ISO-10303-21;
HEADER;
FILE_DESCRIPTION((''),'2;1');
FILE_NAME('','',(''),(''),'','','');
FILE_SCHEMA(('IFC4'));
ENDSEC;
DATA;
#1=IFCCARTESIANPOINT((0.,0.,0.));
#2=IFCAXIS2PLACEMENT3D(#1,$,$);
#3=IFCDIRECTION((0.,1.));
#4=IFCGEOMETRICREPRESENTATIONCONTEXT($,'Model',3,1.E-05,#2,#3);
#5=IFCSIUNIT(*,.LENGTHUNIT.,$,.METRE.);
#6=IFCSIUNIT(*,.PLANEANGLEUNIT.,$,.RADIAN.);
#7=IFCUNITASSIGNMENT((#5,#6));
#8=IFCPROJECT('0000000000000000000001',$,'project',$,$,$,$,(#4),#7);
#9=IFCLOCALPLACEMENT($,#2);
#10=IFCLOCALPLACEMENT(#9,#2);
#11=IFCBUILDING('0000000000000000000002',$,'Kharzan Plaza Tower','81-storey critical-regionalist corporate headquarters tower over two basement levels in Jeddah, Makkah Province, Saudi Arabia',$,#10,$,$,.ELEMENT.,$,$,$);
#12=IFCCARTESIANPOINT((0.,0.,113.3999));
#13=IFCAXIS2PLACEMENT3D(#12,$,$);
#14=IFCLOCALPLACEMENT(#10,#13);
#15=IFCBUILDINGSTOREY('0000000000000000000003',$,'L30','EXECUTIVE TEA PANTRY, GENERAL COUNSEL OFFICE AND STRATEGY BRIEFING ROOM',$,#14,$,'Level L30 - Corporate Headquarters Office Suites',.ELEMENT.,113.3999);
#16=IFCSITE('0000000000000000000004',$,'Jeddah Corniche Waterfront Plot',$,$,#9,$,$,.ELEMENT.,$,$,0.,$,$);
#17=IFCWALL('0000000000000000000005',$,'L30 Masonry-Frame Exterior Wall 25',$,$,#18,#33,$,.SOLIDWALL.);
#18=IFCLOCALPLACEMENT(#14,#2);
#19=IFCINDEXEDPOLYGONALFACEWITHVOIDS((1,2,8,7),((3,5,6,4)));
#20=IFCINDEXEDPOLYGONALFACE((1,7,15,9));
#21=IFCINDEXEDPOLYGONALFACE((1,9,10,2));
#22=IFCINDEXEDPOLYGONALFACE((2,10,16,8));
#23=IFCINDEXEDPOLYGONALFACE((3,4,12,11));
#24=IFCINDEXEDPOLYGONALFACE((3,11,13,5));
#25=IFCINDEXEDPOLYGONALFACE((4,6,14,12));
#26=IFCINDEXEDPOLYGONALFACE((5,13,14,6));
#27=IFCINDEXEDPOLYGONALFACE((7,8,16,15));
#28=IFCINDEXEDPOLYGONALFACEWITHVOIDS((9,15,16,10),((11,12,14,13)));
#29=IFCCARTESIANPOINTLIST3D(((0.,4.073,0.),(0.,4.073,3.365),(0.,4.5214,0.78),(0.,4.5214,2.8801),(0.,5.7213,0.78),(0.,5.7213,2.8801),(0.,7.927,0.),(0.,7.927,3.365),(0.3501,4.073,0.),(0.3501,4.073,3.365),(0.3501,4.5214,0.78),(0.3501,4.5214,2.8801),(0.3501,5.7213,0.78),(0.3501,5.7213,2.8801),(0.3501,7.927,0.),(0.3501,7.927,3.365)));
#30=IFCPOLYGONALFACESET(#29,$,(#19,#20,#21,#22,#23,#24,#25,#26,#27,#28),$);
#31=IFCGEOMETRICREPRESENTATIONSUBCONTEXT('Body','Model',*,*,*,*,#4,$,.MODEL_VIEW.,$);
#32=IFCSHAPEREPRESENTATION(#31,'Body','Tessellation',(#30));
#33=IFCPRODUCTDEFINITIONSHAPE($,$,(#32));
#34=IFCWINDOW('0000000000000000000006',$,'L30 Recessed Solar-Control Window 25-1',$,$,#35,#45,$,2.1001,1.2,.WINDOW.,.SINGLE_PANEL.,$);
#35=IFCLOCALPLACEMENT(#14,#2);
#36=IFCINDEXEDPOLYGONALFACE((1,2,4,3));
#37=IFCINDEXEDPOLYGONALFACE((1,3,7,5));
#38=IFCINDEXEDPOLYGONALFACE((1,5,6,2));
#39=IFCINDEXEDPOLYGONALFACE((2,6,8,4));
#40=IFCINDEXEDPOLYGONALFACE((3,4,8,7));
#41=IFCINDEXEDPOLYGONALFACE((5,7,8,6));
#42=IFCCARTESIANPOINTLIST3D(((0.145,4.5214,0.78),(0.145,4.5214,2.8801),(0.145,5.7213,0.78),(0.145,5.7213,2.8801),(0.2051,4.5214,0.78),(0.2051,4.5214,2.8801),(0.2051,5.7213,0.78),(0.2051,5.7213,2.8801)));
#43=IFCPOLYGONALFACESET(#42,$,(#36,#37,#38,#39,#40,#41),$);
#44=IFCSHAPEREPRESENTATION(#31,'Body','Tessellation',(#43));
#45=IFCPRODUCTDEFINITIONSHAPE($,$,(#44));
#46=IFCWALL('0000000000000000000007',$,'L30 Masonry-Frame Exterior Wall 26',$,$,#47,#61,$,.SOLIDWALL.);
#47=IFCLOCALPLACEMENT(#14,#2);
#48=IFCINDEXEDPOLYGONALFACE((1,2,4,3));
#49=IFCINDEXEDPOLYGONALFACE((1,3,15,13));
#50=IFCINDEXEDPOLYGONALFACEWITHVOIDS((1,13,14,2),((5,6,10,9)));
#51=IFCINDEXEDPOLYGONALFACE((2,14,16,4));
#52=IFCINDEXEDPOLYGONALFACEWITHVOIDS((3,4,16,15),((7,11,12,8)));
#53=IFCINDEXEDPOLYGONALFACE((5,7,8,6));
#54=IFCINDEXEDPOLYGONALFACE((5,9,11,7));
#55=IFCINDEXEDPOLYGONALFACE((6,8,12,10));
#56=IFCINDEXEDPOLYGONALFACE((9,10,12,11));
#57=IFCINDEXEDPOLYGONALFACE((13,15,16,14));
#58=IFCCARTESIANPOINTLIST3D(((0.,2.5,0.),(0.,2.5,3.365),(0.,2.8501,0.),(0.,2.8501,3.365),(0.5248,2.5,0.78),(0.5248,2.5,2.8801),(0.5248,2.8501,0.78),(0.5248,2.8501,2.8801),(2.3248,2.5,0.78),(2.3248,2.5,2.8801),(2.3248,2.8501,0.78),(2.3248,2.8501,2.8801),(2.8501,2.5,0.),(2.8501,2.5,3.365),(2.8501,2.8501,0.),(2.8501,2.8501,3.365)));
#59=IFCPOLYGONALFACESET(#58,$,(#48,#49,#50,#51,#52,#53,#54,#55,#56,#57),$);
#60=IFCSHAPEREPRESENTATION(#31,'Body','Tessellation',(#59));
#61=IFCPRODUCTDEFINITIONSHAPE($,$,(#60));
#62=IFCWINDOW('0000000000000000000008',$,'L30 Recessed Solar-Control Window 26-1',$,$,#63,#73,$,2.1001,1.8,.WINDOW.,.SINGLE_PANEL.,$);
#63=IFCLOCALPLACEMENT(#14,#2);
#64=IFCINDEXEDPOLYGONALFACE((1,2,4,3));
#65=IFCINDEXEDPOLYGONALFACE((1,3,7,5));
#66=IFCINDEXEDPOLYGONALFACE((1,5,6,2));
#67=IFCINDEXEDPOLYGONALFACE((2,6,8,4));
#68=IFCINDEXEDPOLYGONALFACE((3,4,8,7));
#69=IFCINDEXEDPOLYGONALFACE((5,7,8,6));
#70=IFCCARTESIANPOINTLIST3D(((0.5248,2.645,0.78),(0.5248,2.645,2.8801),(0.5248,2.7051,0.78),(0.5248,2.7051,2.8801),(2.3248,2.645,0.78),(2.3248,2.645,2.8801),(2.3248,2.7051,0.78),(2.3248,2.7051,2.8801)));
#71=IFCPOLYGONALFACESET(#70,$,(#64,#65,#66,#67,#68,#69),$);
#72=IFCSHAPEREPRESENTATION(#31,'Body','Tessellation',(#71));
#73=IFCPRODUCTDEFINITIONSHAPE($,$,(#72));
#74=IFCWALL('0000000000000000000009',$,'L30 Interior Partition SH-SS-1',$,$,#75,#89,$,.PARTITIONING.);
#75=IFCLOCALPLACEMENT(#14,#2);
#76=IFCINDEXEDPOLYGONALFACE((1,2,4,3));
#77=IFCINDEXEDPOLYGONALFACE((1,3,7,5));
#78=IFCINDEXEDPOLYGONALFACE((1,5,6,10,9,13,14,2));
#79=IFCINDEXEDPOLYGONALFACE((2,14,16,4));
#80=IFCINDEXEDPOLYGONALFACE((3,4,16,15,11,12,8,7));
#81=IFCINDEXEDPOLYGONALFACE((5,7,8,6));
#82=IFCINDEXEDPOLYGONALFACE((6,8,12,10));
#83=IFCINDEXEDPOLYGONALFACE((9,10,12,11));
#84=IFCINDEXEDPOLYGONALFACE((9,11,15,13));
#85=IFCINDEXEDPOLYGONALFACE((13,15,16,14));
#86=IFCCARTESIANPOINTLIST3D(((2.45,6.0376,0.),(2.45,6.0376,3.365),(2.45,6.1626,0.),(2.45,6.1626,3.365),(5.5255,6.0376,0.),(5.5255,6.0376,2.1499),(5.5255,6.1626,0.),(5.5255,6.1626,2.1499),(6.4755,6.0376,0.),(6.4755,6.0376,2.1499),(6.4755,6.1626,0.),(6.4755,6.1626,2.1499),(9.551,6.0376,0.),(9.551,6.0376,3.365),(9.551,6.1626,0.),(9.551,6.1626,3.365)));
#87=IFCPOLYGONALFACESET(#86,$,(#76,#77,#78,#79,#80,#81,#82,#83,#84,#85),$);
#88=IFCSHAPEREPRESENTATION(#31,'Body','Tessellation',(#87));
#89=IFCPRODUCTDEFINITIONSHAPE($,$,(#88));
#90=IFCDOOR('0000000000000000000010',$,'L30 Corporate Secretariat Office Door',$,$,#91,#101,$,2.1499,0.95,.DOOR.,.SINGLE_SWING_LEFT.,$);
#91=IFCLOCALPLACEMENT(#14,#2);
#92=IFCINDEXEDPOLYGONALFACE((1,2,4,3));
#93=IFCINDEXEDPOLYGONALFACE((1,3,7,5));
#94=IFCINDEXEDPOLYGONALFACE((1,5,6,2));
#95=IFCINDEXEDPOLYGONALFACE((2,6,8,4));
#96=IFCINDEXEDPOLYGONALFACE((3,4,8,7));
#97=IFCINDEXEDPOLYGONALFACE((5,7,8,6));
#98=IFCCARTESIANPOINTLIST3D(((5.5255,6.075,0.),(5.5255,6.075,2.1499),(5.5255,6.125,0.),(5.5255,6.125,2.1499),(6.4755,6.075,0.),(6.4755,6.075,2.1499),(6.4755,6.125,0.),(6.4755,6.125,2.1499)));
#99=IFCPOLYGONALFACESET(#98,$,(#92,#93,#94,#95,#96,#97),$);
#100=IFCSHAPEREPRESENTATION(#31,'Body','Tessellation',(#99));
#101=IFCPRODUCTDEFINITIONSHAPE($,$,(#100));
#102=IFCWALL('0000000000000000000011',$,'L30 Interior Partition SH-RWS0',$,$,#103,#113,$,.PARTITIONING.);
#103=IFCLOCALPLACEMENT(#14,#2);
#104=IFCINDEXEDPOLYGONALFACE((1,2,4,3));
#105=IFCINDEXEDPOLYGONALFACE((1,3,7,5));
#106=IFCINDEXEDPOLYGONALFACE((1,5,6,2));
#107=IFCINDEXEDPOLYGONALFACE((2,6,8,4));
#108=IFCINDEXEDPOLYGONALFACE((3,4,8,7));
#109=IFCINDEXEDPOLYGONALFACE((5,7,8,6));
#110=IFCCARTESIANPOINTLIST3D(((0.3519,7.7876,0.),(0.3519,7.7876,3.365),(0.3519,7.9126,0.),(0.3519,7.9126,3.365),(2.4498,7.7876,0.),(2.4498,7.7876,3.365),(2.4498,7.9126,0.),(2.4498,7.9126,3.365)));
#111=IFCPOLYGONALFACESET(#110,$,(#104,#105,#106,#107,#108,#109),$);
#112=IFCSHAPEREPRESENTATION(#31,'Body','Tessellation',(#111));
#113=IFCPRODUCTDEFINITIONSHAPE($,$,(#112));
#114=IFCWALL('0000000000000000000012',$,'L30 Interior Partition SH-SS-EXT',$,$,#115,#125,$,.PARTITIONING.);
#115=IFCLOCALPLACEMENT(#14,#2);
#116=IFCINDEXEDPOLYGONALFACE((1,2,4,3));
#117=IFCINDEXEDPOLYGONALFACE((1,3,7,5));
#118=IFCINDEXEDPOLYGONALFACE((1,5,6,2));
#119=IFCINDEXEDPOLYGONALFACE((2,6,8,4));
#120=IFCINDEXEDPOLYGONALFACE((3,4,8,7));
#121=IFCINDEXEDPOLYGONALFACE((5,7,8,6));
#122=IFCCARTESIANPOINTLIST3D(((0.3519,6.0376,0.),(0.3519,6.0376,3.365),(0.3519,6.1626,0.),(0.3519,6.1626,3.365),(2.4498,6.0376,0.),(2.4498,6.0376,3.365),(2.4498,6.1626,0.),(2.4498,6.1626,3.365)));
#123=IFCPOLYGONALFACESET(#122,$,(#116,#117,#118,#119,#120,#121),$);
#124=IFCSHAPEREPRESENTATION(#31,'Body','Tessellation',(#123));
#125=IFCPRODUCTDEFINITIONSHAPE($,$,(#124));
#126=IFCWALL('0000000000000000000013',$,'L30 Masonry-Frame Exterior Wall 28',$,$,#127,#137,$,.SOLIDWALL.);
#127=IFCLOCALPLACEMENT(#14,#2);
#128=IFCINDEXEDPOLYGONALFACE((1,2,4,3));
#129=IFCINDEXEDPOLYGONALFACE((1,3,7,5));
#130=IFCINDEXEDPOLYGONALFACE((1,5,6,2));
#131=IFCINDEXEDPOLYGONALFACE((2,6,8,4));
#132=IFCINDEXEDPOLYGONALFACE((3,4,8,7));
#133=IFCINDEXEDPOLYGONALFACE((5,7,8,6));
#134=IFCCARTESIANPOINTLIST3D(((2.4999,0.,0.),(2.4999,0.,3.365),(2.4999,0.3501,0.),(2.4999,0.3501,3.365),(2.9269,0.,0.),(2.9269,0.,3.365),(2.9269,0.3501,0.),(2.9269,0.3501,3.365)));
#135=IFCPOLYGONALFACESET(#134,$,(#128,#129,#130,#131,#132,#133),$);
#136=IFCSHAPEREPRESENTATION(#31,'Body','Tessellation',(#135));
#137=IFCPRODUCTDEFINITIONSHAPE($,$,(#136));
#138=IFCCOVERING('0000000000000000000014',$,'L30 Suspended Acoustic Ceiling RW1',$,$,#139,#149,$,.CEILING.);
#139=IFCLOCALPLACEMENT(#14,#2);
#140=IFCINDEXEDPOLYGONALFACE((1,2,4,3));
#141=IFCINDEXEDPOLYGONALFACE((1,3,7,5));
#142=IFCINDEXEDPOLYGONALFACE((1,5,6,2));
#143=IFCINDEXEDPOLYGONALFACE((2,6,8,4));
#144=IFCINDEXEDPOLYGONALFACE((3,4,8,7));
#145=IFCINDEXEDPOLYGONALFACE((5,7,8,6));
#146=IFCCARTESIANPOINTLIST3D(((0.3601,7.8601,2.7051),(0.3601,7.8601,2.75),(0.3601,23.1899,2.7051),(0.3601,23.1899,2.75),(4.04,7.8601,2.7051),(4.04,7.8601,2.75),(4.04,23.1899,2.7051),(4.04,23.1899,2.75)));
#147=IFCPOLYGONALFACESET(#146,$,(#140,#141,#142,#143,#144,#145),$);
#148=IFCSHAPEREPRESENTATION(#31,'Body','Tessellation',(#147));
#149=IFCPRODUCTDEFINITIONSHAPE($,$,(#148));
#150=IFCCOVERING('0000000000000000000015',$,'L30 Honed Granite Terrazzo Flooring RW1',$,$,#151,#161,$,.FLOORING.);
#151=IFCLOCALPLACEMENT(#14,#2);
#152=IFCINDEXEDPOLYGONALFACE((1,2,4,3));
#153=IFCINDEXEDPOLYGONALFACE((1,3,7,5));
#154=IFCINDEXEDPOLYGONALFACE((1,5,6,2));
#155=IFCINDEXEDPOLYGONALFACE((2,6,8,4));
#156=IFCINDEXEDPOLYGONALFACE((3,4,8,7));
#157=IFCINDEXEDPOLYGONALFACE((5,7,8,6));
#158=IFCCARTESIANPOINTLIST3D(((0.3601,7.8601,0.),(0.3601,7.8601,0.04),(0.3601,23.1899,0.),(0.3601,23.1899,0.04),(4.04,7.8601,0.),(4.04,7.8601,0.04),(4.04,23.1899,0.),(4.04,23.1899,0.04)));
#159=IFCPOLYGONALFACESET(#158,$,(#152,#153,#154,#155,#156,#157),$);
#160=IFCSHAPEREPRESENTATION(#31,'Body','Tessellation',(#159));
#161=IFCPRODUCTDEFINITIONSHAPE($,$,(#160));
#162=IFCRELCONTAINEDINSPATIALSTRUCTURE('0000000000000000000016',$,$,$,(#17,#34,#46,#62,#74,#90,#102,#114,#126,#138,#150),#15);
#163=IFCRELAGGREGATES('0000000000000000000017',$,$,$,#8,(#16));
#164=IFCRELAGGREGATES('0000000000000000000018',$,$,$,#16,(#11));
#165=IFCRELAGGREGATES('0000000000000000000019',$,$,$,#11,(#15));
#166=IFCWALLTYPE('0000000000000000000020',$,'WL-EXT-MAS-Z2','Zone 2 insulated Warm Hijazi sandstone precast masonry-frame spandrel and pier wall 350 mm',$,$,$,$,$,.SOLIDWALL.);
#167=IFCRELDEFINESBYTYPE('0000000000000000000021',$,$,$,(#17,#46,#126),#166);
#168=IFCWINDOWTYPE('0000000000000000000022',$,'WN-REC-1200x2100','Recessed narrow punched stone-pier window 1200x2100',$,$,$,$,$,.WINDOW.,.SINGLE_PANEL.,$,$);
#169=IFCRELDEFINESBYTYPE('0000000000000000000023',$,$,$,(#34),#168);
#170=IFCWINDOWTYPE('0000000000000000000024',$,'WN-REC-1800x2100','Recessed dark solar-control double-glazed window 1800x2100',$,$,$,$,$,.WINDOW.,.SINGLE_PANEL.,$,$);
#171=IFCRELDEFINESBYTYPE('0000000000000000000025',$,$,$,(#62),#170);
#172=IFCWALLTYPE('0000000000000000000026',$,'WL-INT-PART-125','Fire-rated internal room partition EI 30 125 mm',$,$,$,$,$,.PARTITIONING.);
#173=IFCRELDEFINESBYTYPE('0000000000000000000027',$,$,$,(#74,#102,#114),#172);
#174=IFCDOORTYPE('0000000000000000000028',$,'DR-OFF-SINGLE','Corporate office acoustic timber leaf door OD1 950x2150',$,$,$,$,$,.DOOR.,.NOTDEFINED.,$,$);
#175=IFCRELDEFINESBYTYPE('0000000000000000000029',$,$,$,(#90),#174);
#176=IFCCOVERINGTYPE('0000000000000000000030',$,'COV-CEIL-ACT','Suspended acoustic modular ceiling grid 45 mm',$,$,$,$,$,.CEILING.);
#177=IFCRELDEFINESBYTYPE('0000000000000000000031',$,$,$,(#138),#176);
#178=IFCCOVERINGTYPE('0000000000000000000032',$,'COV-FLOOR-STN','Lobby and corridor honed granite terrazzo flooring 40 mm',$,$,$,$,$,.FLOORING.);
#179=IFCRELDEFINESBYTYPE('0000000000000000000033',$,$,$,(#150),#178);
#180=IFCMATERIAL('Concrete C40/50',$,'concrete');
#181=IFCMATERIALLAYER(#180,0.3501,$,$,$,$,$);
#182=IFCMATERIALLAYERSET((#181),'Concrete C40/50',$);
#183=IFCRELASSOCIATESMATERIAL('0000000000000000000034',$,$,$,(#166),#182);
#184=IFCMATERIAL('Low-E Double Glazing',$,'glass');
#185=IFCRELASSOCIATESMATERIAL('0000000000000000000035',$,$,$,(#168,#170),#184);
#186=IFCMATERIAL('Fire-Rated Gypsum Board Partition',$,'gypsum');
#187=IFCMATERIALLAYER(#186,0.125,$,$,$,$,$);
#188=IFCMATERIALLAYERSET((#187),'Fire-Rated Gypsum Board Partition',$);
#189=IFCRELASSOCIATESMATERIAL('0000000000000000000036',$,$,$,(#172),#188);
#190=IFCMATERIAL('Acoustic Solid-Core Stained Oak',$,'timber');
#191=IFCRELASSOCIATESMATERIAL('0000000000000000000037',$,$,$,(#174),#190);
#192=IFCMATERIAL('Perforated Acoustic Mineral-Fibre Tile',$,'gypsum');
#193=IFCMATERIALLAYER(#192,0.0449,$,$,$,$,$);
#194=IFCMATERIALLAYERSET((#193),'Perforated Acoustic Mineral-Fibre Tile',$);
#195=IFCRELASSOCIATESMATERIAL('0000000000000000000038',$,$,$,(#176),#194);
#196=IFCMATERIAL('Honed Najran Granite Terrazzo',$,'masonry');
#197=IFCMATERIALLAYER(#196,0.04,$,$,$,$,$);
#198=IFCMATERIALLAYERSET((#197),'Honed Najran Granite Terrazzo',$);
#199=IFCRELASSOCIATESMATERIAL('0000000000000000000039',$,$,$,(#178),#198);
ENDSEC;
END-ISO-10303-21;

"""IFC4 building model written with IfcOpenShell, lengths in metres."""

from ifc_helpers import new_model, si_unit, direction, frame, frame_2d, origin, place, context, subcontext, project, spatial, polyline, rectangle, outline, extrude, source, transform, mapped, material, layer, layer_set, type_object, element, fill, save


model = new_model("IFC4")

# Units and contexts
model_context = context("Model", 3, precision=1e-05, world=origin(), true_north=direction((0.0, 1.0)))
body_context = subcontext(model_context, "Body", "Model", "MODEL_VIEW")
ifc_project = project(units=[si_unit("LENGTHUNIT", "METRE"), si_unit("PLANEANGLEUNIT", "RADIAN")], contexts=[model_context])

# Site, building, storey
site_placement = place(None, origin())
site = spatial("IfcSite", under=ifc_project, at=site_placement, Name="Jeddah Corniche Waterfront Plot", CompositionType="ELEMENT", RefElevation=0.0)
building_placement = place(site_placement, origin())
building = spatial("IfcBuilding", under=site, at=building_placement, Name="Kharzan Plaza Tower", Description="81-storey critical-regionalist corporate headquarters tower over two basement levels in Jeddah, Makkah Province, Saudi Arabia", CompositionType="ELEMENT")
storey_placement = place(building_placement, frame((0.0, 0.0, 113.3999)))
storey = spatial("IfcBuildingStorey", under=building, at=storey_placement, Name="L30", Description="EXECUTIVE TEA PANTRY, GENERAL COUNSEL OFFICE AND STRATEGY BRIEFING ROOM", LongName="Level L30 - Corporate Headquarters Office Suites", CompositionType="ELEMENT", Elevation=113.3999)

# Shared definitions
ifc_material_1 = material(Name="Concrete C40/50", Category="concrete")

# Walls, openings, windows
ifc_layer_1 = layer(ifc_material_1, 0.3501)
ifc_layer_set_1 = layer_set([ifc_layer_1], Name="Concrete C40/50")
wall_type_1 = type_object("IfcWallType", Name="WL-EXT-MAS-Z2", Description="Zone 2 insulated Warm Hijazi sandstone precast masonry-frame spandrel and pier wall 350 mm", PredefinedType="SOLIDWALL", material=ifc_layer_set_1)
wall_1_placement = place(storey_placement, frame((0.175, 7.927, 0.0), z_axis=(0.0, 0.0, 1.0), x_axis=(0.0, -1.0, 0.0)))
wall_1 = element("IfcWall", 1, at=wall_1_placement, inside=storey, type_object=wall_type_1, Name="L30 Masonry-Frame Exterior Wall 25", PredefinedType="SOLIDWALL", context=body_context, shape_type="SweptSolid", body=[
    extrude(rectangle(XDim=3.854, YDim=0.3501, at=frame_2d((1.927, 0.0))), origin(), (0.0, 0.0, 1.0), 3.365),
])
opening_1_placement = place(wall_1_placement, frame((2.2056, 0.0, 0.78)))
opening_1 = element("IfcOpeningElement", 2, at=opening_1_placement, cuts=wall_1, PredefinedType="OPENING", context=body_context, shape_type="SweptSolid", body=[
    extrude(rectangle(XDim=1.2, YDim=2.1001, at=frame_2d((0.6001, 1.05))), frame((0.0, 0.1851, 0.0), z_axis=(0.0, -1.0, 0.0), x_axis=(1.0, 0.0, 0.0)), (0.0, 0.0, 1.0), 0.3701),
])
ifc_material_2 = material(Name="Low-E Double Glazing", Category="glass")
window_type_1 = type_object("IfcWindowType", Name="WN-REC-1200x2100", Description="Recessed narrow punched stone-pier window 1200x2100", PartitioningType="SINGLE_PANEL", PredefinedType="WINDOW", material=ifc_material_2)
shared_shape_1 = source(origin(), body_context, "Body", "SweptSolid", [
    extrude(rectangle(XDim=1.2, YDim=2.1001, at=frame_2d((0.6001, 1.05))), frame((0.0, 0.03, 0.0), z_axis=(0.0, -1.0, 0.0), x_axis=(1.0, 0.0, 0.0)), (0.0, 0.0, 1.0), 0.0601),
])
window_1_placement = place(opening_1_placement, origin())
window_1 = element("IfcWindow", 3, at=window_1_placement, inside=storey, type_object=window_type_1, Name="L30 Recessed Solar-Control Window 25-1", OverallHeight=2.1001, OverallWidth=1.2, PartitioningType="SINGLE_PANEL", PredefinedType="WINDOW", context=body_context, shape_type="MappedRepresentation", body=[
    mapped(shared_shape_1, transform((0.0, 0.0, 0.0), x_axis=(1.0, 0.0, 0.0), y_axis=(0.0, 1.0, 0.0), z_axis=(0.0, 0.0, 1.0))),
])
fill(opening_1, window_1)
wall_2_placement = place(storey_placement, frame((0.0, 2.675, 0.0), z_axis=(0.0, 0.0, 1.0), x_axis=(1.0, 0.0, 0.0)))
wall_2 = element("IfcWall", 4, at=wall_2_placement, inside=storey, type_object=wall_type_1, Name="L30 Masonry-Frame Exterior Wall 26", PredefinedType="SOLIDWALL", context=body_context, shape_type="SweptSolid", body=[
    extrude(rectangle(XDim=2.8501, YDim=0.3501, at=frame_2d((1.425, 0.0))), origin(), (0.0, 0.0, 1.0), 3.365),
])
opening_2_placement = place(wall_2_placement, frame((0.5249, 0.0, 0.78)))
opening_2 = element("IfcOpeningElement", 5, at=opening_2_placement, cuts=wall_2, PredefinedType="OPENING", context=body_context, shape_type="SweptSolid", body=[
    extrude(rectangle(XDim=1.8, YDim=2.1001, at=frame_2d((0.8999, 1.05))), frame((0.0, 0.1851, 0.0), z_axis=(0.0, -1.0, 0.0), x_axis=(1.0, 0.0, 0.0)), (0.0, 0.0, 1.0), 0.3701),
])
window_type_2 = type_object("IfcWindowType", Name="WN-REC-1800x2100", Description="Recessed dark solar-control double-glazed window 1800x2100", PartitioningType="SINGLE_PANEL", PredefinedType="WINDOW", material=ifc_material_2)
shared_shape_2 = source(origin(), body_context, "Body", "SweptSolid", [
    extrude(rectangle(XDim=1.8, YDim=2.1001, at=frame_2d((0.8999, 1.05))), frame((0.0, 0.03, 0.0), z_axis=(0.0, -1.0, 0.0), x_axis=(1.0, 0.0, 0.0)), (0.0, 0.0, 1.0), 0.0601),
])
window_2_placement = place(opening_2_placement, origin())
window_2 = element("IfcWindow", 6, at=window_2_placement, inside=storey, type_object=window_type_2, Name="L30 Recessed Solar-Control Window 26-1", OverallHeight=2.1001, OverallWidth=1.8, PartitioningType="SINGLE_PANEL", PredefinedType="WINDOW", context=body_context, shape_type="MappedRepresentation", body=[
    mapped(shared_shape_2, transform((0.0, 0.0, 0.0), x_axis=(1.0, 0.0, 0.0), y_axis=(0.0, 1.0, 0.0), z_axis=(0.0, 0.0, 1.0))),
])
fill(opening_2, window_2)

# Wall, opening, door
ifc_material_3 = material(Name="Fire-Rated Gypsum Board Partition", Category="gypsum")
ifc_layer_2 = layer(ifc_material_3, 0.125)
ifc_layer_set_2 = layer_set([ifc_layer_2], Name="Fire-Rated Gypsum Board Partition")
wall_type_2 = type_object("IfcWallType", Name="WL-INT-PART-125", Description="Fire-rated internal room partition EI 30 125 mm", PredefinedType="PARTITIONING", material=ifc_layer_set_2)
ifc_material_4 = material(Name="Acoustic Solid-Core Stained Oak", Category="timber")
door_type = type_object("IfcDoorType", Name="DR-OFF-SINGLE", Description="Corporate office acoustic timber leaf door OD1 950x2150", OperationType="NOTDEFINED", PredefinedType="DOOR", material=ifc_material_4)
shared_shape_3 = source(origin(), body_context, "Body", "SweptSolid", [
    extrude(rectangle(XDim=0.95, YDim=2.1499, at=frame_2d((0.4751, 1.075))), frame((0.0, 0.0249, 0.0), z_axis=(0.0, -1.0, 0.0), x_axis=(1.0, 0.0, 0.0)), (0.0, 0.0, 1.0), 0.05),
])
wall_3_placement = place(storey_placement, frame((2.45, 6.1001, 0.0), z_axis=(0.0, 0.0, 1.0), x_axis=(1.0, 0.0, 0.0)))
wall_3 = element("IfcWall", 7, at=wall_3_placement, inside=storey, type_object=wall_type_2, Name="L30 Interior Partition SH-SS-1", PredefinedType="PARTITIONING", context=body_context, shape_type="SweptSolid", body=[
    extrude(rectangle(XDim=7.1011, YDim=0.125, at=frame_2d((3.5505, 0.0))), origin(), (0.0, 0.0, 1.0), 3.365),
])
opening_3_placement = place(wall_3_placement, frame((3.0754, 0.0, 0.0)))
opening_3 = element("IfcOpeningElement", 8, at=opening_3_placement, cuts=wall_3, PredefinedType="OPENING", context=body_context, shape_type="SweptSolid", body=[
    extrude(rectangle(XDim=0.95, YDim=2.1499, at=frame_2d((0.4751, 1.075))), frame((0.0, 0.0725, 0.0), z_axis=(0.0, -1.0, 0.0), x_axis=(1.0, 0.0, 0.0)), (0.0, 0.0, 1.0), 0.145),
])
door_1_placement = place(opening_3_placement, origin())
door_1 = element("IfcDoor", 9, at=door_1_placement, inside=storey, type_object=door_type, Name="L30 Corporate Secretariat Office Door", OperationType="SINGLE_SWING_LEFT", OverallHeight=2.1499, OverallWidth=0.95, PredefinedType="DOOR", context=body_context, shape_type="MappedRepresentation", body=[
    mapped(shared_shape_3, transform((0.0, 0.0, 0.0), x_axis=(1.0, 0.0, 0.0), y_axis=(0.0, 1.0, 0.0), z_axis=(0.0, 0.0, 1.0))),
])
fill(opening_3, door_1)

# Walls
shared_shape_4 = source(origin(), body_context, "Body", "SweptSolid", [
    extrude(rectangle(XDim=2.0979, YDim=0.125, at=frame_2d((1.0488, 0.0))), origin(), (0.0, 0.0, 1.0), 3.365),
])
for number, where, z_axis, x_axis, name in (
    (10, (0.3521, 7.8501, 0.0), (0.0, 0.0, 1.0), (1.0, 0.0, 0.0), "L30 Interior Partition SH-RWS0"),
    (11, (0.3521, 6.1001, 0.0), (0.0, 0.0, 1.0), (1.0, 0.0, 0.0), "L30 Interior Partition SH-SS-EXT"),
):
    element("IfcWall", number, at=place(storey_placement, frame(where, z_axis=z_axis, x_axis=x_axis)), inside=storey, type_object=wall_type_2, Name=name, PredefinedType="PARTITIONING", context=body_context, shape_type="MappedRepresentation", body=[
        mapped(shared_shape_4, transform((0.0, 0.0, 0.0), x_axis=(1.0, 0.0, 0.0), y_axis=(0.0, 1.0, 0.0), z_axis=(0.0, 0.0, 1.0))),
    ])
shared_shape_5 = source(origin(), body_context, "Body", "SweptSolid", [
    extrude(rectangle(XDim=0.427, YDim=0.3501, at=frame_2d((0.2134, 0.0))), origin(), (0.0, 0.0, 1.0), 3.365),
])
wall_4_placement = place(storey_placement, frame((2.5, 0.175, 0.0), z_axis=(0.0, 0.0, 1.0), x_axis=(1.0, 0.0, 0.0)))
element("IfcWall", 12, at=wall_4_placement, inside=storey, type_object=wall_type_1, Name="L30 Masonry-Frame Exterior Wall 28", PredefinedType="SOLIDWALL", context=body_context, shape_type="MappedRepresentation", body=[
    mapped(shared_shape_5, transform((0.0, 0.0, 0.0), x_axis=(1.0, 0.0, 0.0), y_axis=(0.0, 1.0, 0.0), z_axis=(0.0, 0.0, 1.0))),
])

# Coverings
ifc_material_5 = material(Name="Perforated Acoustic Mineral-Fibre Tile", Category="gypsum")
ifc_layer_3 = layer(ifc_material_5, 0.0449)
ifc_layer_set_3 = layer_set([ifc_layer_3], Name="Perforated Acoustic Mineral-Fibre Tile")
covering_type_1 = type_object("IfcCoveringType", Name="COV-CEIL-ACT", Description="Suspended acoustic modular ceiling grid 45 mm", PredefinedType="CEILING", material=ifc_layer_set_3)
covering_1_placement = place(storey_placement, frame((0.0, 0.0, 2.7051)))
element("IfcCovering", 13, at=covering_1_placement, inside=storey, type_object=covering_type_1, Name="L30 Suspended Acoustic Ceiling RW1", PredefinedType="CEILING", context=body_context, shape_type="SweptSolid", body=[
    extrude(outline(polyline([(0.3601, 7.8601), (4.04, 7.8601), (4.04, 23.1899), (0.3601, 23.1899), (0.3601, 7.8601)])), origin(), (0.0, 0.0, 1.0), 0.0449),
])
ifc_material_6 = material(Name="Honed Najran Granite Terrazzo", Category="masonry")
ifc_layer_4 = layer(ifc_material_6, 0.04)
ifc_layer_set_4 = layer_set([ifc_layer_4], Name="Honed Najran Granite Terrazzo")
covering_type_2 = type_object("IfcCoveringType", Name="COV-FLOOR-STN", Description="Lobby and corridor honed granite terrazzo flooring 40 mm", PredefinedType="FLOORING", material=ifc_layer_set_4)
covering_2_placement = place(storey_placement, origin())
element("IfcCovering", 14, at=covering_2_placement, inside=storey, type_object=covering_type_2, Name="L30 Honed Granite Terrazzo Flooring RW1", PredefinedType="FLOORING", context=body_context, shape_type="SweptSolid", body=[
    extrude(outline(polyline([(0.3601, 7.8601), (4.04, 7.8601), (4.04, 23.1899), (0.3601, 23.1899), (0.3601, 7.8601)])), origin(), (0.0, 0.0, 1.0), 0.04),
])

save(model, "model.ifc")
